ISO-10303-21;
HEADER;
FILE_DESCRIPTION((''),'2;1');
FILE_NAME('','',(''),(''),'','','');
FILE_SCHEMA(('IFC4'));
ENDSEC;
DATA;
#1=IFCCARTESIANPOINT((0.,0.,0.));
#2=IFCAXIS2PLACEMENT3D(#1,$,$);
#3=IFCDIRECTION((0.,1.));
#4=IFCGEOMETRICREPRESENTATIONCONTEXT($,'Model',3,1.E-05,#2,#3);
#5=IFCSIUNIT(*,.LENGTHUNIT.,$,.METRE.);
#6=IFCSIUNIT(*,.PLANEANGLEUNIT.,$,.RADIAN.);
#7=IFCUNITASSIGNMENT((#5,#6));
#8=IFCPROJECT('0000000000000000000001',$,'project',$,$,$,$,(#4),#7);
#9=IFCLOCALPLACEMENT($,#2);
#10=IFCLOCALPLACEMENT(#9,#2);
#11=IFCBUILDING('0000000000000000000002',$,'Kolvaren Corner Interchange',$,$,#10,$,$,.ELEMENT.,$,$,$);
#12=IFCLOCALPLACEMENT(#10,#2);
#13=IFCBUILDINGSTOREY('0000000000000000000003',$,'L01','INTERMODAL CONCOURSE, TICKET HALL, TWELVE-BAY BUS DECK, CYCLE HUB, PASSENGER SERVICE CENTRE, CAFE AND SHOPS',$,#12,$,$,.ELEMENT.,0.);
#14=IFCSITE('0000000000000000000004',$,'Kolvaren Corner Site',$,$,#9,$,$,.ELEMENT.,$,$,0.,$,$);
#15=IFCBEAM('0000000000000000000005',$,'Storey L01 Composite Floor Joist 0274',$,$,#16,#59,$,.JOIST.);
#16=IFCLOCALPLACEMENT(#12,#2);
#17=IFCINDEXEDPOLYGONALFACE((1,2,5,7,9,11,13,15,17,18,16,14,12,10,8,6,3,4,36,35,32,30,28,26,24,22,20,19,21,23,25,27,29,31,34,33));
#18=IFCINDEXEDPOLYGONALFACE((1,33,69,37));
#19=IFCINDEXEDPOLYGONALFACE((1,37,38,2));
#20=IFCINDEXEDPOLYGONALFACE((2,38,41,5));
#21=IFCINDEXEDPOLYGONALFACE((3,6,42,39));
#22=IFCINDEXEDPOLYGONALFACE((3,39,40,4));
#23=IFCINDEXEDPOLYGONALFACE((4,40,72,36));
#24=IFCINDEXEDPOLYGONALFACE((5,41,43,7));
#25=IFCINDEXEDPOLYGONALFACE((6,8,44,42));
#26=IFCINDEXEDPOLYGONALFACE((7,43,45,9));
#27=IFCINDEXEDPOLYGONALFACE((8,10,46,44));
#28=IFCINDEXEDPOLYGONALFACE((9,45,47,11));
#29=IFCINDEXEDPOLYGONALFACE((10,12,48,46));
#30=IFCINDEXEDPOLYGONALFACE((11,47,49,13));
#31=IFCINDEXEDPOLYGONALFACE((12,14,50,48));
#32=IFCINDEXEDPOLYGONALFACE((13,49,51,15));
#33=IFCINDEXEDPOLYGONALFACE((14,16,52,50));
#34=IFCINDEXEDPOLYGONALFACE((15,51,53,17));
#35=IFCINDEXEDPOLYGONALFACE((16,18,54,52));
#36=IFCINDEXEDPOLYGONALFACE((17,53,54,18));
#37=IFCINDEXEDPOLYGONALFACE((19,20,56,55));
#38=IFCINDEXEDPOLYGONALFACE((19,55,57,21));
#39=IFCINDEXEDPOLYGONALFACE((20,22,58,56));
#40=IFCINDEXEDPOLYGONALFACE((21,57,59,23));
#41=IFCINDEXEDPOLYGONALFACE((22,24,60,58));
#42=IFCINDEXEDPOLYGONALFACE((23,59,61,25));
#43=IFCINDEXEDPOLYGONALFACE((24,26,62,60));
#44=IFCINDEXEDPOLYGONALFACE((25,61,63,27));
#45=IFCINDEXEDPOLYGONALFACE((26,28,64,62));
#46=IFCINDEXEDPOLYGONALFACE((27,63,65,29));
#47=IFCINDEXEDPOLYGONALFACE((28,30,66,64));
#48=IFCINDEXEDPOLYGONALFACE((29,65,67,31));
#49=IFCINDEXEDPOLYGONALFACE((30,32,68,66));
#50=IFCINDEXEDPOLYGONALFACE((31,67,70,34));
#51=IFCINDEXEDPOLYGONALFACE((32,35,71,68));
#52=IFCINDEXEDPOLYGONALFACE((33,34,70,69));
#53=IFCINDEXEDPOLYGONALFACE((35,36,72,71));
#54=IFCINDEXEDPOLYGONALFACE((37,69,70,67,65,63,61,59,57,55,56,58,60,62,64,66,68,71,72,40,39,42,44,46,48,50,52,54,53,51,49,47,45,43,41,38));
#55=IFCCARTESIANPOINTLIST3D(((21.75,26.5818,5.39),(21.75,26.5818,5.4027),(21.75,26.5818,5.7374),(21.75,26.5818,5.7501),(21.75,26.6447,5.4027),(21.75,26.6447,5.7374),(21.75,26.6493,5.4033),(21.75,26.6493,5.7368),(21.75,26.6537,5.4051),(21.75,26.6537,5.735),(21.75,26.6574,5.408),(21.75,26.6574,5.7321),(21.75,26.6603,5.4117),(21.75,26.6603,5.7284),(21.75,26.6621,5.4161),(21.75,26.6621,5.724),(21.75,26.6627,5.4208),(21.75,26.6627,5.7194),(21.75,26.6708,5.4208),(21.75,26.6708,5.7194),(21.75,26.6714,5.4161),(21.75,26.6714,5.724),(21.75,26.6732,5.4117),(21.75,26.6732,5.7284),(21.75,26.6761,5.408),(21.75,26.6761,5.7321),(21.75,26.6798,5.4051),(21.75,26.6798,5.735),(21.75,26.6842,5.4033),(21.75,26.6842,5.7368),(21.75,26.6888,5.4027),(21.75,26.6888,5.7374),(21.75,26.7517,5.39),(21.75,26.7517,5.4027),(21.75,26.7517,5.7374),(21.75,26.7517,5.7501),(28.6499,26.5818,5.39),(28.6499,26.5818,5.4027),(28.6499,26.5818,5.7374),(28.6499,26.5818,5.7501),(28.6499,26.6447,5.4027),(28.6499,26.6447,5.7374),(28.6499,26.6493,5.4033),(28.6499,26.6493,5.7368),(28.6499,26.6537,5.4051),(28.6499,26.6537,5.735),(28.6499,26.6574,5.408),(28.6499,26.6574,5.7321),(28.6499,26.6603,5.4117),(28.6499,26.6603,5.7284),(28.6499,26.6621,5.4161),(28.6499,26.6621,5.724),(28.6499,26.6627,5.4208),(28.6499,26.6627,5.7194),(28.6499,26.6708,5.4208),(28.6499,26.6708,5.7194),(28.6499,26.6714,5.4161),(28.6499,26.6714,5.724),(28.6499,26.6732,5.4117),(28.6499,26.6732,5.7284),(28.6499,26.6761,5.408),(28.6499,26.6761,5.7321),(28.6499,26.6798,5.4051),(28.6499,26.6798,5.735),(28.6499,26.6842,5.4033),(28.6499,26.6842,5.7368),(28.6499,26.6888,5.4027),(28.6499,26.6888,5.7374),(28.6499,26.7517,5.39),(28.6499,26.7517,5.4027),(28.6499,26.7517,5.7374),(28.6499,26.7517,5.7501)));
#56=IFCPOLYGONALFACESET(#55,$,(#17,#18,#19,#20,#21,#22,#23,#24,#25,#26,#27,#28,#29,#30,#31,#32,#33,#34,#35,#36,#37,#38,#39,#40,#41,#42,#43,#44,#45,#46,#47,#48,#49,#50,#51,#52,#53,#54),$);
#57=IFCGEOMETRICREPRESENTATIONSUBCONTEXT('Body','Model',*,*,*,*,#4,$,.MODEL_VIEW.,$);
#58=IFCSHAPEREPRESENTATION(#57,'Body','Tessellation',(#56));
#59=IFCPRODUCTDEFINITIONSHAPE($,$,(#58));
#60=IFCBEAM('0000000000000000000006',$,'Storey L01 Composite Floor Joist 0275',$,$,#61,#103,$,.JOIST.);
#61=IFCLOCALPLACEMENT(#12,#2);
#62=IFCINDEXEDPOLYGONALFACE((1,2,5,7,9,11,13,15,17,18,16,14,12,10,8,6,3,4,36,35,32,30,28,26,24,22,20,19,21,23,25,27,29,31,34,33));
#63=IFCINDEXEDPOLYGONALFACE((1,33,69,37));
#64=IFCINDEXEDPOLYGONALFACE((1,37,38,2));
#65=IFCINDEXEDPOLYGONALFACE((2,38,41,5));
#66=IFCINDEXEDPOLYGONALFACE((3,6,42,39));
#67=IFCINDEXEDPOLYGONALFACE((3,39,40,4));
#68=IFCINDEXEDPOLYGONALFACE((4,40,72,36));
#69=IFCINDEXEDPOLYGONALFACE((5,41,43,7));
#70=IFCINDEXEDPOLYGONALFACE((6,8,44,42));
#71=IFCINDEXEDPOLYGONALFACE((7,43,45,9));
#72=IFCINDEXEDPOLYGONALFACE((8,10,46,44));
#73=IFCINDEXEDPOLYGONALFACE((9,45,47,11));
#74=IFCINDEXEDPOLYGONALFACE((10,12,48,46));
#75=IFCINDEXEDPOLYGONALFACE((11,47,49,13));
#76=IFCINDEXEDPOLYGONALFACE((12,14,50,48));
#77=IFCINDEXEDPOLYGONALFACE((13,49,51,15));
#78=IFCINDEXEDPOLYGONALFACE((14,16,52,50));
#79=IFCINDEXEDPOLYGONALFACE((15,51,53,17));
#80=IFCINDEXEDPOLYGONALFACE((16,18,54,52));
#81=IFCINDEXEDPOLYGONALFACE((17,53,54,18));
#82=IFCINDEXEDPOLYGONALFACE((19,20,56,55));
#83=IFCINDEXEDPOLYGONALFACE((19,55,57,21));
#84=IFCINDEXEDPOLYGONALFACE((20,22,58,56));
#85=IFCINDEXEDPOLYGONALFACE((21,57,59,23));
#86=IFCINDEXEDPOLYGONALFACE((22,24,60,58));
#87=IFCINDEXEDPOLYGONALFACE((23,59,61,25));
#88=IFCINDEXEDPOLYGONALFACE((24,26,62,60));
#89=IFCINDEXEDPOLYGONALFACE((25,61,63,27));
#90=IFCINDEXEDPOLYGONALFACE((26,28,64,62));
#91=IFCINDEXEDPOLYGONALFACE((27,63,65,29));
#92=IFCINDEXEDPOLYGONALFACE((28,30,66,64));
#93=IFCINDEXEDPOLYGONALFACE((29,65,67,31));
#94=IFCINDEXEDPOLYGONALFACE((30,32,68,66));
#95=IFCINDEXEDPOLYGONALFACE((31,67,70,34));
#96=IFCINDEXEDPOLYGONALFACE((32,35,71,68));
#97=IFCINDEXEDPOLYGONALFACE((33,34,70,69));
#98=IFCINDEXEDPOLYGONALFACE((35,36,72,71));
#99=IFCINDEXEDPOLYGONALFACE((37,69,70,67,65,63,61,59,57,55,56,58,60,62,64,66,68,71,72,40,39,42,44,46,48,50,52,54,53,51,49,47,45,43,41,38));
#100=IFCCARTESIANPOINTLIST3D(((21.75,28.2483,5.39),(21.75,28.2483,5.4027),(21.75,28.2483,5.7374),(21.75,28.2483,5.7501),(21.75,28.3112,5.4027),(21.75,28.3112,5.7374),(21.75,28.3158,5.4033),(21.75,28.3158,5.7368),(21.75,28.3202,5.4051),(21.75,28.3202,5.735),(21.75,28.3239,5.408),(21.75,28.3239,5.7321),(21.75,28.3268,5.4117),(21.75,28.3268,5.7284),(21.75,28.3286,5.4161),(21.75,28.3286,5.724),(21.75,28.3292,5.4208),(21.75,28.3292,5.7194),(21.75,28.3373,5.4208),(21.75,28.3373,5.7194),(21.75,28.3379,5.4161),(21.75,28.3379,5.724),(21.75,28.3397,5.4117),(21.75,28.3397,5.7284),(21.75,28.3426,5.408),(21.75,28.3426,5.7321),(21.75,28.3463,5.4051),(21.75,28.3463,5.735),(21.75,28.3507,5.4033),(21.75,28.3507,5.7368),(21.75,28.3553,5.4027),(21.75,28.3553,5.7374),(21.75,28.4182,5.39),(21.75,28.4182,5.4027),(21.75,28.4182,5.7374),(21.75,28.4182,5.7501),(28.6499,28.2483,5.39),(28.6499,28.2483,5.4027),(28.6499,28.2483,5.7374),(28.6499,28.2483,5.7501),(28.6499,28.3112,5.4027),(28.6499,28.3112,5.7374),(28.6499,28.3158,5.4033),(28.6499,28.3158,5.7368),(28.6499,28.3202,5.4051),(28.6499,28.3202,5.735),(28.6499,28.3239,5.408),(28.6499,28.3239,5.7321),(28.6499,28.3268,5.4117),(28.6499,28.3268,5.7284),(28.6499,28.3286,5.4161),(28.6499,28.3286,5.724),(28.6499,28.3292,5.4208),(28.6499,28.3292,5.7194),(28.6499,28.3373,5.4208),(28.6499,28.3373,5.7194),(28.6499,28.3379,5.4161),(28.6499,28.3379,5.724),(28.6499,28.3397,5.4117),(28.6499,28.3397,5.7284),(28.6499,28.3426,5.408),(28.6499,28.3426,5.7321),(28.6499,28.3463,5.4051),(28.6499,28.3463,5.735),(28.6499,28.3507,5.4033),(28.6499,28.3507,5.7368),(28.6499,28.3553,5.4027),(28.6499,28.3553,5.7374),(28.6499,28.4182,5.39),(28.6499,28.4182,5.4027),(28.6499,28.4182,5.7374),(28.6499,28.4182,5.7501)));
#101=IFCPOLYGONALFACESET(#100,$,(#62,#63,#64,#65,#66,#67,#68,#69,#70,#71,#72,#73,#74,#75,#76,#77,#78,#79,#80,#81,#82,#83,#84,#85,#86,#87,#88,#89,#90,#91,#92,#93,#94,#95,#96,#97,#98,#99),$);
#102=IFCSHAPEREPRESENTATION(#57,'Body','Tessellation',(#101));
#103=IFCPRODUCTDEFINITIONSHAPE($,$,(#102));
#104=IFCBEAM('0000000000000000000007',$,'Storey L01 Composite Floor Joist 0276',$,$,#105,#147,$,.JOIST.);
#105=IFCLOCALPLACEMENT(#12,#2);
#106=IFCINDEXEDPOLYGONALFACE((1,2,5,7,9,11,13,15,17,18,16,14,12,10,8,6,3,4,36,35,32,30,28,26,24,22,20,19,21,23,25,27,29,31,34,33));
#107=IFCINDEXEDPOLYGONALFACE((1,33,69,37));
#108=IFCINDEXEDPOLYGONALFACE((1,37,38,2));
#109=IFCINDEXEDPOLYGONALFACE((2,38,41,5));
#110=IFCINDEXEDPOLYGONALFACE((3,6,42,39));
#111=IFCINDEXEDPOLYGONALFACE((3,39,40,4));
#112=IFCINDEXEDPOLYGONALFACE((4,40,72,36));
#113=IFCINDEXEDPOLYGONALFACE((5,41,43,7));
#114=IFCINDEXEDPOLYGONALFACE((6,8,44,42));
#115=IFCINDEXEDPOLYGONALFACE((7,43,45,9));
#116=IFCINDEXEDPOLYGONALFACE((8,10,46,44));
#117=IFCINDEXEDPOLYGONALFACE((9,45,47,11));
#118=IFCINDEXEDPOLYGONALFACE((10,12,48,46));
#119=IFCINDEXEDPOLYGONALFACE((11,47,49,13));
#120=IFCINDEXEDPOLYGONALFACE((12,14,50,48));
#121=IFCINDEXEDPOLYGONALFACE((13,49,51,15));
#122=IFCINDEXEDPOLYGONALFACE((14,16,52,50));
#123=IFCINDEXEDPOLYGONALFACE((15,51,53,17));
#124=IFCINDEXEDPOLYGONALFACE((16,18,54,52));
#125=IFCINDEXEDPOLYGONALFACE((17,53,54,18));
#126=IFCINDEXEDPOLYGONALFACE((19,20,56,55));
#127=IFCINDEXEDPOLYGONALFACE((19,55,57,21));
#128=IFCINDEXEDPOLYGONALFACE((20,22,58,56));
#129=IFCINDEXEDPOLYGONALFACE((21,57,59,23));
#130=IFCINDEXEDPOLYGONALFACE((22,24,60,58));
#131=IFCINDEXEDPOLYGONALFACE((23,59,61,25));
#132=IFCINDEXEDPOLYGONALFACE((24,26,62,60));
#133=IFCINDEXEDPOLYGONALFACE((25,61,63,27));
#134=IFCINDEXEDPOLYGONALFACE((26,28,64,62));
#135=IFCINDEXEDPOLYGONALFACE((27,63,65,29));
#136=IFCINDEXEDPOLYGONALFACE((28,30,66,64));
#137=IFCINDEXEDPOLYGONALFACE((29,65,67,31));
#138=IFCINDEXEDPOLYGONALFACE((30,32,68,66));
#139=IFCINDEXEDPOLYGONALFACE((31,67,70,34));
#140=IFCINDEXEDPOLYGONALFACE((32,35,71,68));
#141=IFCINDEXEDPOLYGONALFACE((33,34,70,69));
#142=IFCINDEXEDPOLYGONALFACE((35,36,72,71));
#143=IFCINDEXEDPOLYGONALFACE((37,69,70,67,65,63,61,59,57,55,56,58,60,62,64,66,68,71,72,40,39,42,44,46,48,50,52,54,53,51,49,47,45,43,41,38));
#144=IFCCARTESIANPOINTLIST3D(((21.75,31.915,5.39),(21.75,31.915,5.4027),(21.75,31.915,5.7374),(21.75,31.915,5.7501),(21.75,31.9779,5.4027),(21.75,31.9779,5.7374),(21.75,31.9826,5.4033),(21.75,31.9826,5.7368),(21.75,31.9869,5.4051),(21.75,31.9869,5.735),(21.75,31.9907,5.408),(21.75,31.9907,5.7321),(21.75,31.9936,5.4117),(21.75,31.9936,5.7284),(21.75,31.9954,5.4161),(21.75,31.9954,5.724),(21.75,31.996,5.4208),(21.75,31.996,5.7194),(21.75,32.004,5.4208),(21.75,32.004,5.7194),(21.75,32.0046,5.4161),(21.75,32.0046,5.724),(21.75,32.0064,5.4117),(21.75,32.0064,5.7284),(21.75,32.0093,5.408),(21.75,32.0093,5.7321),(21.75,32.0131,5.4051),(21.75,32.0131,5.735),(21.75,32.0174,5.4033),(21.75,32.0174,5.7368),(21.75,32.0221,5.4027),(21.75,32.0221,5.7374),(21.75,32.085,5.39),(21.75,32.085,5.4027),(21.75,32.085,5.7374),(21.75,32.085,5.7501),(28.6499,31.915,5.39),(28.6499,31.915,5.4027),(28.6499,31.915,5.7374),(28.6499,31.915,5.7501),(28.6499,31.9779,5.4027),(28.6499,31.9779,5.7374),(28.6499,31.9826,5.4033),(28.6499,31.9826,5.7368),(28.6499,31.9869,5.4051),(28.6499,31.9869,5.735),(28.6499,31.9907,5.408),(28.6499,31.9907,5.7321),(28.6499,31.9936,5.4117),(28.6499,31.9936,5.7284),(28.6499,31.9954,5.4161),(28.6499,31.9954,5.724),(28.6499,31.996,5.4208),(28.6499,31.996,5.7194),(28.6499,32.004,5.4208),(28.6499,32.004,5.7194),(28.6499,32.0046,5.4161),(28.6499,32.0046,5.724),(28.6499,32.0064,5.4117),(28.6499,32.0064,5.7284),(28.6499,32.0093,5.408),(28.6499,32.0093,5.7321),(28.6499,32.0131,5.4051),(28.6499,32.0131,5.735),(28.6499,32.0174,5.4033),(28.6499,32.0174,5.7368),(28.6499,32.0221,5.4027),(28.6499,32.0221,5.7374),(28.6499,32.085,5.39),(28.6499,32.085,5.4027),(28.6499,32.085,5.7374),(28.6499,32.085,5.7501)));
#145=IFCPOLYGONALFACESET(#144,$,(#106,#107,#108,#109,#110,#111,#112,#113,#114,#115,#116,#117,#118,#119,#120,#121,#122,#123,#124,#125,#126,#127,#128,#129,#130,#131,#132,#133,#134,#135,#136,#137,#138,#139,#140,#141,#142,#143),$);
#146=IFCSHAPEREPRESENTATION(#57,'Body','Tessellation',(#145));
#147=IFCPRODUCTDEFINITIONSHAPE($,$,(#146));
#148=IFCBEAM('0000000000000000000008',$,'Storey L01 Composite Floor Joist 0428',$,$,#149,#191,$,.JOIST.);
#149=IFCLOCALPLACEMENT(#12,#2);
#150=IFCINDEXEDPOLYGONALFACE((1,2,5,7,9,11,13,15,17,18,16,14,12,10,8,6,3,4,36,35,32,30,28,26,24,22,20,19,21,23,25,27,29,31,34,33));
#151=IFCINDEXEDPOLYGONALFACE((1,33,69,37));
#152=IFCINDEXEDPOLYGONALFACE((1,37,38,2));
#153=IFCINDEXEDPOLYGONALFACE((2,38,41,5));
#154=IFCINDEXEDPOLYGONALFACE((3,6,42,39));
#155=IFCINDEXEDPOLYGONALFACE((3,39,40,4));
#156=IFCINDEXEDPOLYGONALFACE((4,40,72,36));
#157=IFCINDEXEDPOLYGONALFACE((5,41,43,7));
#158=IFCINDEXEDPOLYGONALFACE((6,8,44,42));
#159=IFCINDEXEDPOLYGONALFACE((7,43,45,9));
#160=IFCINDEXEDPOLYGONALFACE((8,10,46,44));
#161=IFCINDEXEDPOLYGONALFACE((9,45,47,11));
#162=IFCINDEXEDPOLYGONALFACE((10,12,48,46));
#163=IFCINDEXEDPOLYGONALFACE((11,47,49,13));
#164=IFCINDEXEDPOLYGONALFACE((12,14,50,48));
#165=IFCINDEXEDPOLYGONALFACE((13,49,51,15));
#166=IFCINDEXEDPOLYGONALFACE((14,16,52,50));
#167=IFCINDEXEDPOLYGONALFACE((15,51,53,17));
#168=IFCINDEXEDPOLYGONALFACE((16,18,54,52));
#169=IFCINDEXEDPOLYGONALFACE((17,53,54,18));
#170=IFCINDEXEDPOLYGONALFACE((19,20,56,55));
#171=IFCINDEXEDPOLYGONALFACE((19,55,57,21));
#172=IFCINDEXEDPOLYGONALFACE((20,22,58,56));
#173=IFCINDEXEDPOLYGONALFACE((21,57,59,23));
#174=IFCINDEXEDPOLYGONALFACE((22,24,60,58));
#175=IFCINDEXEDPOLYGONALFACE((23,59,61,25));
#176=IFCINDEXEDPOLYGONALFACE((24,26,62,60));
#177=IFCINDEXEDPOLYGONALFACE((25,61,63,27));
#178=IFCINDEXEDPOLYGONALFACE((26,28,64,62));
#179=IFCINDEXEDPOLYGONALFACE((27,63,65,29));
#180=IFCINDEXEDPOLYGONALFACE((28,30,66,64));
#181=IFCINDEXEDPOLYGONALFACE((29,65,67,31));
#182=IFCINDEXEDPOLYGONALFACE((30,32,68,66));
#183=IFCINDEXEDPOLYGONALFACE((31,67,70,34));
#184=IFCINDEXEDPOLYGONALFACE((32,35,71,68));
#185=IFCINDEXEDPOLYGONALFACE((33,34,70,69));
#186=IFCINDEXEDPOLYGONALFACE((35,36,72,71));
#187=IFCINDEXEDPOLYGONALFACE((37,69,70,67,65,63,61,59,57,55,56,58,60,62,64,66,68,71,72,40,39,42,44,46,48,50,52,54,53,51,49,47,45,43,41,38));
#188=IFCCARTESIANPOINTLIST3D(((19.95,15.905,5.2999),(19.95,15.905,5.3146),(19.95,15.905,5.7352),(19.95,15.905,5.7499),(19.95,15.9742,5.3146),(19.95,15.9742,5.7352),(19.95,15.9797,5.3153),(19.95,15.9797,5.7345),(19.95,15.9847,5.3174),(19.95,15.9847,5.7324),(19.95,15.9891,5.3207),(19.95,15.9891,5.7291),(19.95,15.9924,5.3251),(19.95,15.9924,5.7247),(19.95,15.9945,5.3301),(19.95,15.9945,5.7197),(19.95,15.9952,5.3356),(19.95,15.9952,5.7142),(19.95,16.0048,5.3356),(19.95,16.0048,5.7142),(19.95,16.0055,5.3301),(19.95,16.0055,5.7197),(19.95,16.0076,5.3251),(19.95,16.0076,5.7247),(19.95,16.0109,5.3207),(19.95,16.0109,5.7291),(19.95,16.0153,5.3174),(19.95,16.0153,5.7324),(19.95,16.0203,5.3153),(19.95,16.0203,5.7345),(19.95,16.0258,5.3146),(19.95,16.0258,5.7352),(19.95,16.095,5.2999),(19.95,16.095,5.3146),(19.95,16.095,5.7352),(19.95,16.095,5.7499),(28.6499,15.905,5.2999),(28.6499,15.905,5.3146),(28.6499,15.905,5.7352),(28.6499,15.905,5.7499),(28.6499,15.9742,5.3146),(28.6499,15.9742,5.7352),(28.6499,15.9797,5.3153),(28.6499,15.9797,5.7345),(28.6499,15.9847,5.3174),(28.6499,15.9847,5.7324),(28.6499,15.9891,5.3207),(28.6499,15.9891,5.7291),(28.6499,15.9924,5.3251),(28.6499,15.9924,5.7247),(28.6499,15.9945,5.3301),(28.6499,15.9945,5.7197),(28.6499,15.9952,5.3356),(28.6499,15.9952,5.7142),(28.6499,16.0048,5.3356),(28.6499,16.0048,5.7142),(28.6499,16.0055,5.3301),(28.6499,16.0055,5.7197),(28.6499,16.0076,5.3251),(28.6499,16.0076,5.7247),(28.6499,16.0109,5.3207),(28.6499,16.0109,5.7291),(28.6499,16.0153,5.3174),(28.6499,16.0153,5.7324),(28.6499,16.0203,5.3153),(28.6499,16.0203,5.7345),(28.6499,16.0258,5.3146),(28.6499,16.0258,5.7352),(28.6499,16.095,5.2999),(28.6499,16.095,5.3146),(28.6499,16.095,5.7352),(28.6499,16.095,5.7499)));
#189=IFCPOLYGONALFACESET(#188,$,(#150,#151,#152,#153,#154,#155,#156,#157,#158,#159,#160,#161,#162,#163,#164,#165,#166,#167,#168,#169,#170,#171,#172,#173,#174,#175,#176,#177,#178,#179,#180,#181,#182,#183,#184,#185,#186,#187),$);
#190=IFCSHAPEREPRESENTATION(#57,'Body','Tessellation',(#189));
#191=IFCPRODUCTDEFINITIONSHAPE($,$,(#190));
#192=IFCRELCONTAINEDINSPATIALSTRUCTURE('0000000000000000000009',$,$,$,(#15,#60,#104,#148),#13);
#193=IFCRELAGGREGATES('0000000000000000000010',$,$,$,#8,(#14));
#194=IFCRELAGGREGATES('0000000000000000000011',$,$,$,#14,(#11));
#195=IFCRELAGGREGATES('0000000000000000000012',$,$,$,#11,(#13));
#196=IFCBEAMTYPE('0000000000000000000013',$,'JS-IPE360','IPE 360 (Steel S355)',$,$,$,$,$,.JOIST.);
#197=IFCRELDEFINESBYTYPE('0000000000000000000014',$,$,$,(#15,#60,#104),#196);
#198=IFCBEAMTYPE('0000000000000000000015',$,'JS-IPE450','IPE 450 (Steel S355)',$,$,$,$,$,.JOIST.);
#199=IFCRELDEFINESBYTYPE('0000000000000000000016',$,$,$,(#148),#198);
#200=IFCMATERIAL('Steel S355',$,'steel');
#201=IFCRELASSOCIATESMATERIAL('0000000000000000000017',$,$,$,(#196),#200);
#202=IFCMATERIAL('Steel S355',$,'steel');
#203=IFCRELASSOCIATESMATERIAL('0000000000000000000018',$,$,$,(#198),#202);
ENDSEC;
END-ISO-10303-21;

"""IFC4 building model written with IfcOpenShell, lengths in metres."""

from ifc_helpers import new_model, si_unit, direction, frame, origin, origin_2d, place, context, subcontext, project, spatial, i_section, extrude, material, material_profile, profile_set, type_object, element, save


model = new_model("IFC4")

# Units and contexts
model_context = context("Model", 3, precision=1e-05, world=origin(), true_north=direction((0.0, 1.0)))
body_context = subcontext(model_context, "Body", "Model", "MODEL_VIEW")
ifc_project = project(units=[si_unit("LENGTHUNIT", "METRE"), si_unit("PLANEANGLEUNIT", "RADIAN")], contexts=[model_context])

# Site, building, storey
site_placement = place(None, origin())
site = spatial("IfcSite", under=ifc_project, at=site_placement, Name="Kolvaren Corner Site", CompositionType="ELEMENT", RefElevation=0.0)
building_placement = place(site_placement, origin())
building = spatial("IfcBuilding", under=site, at=building_placement, Name="Kolvaren Corner Interchange", CompositionType="ELEMENT")
storey_placement = place(building_placement, origin())
storey = spatial("IfcBuildingStorey", under=building, at=storey_placement, Name="L01", Description="INTERMODAL CONCOURSE, TICKET HALL, TWELVE-BAY BUS DECK, CYCLE HUB, PASSENGER SERVICE CENTRE, CAFE AND SHOPS", CompositionType="ELEMENT", Elevation=0.0)

# Beams
ifc_material_1 = material(Name="Steel S355", Category="steel")
ifc_material_profile_1 = material_profile(ifc_material_1, i_section(OverallWidth=0.1699, OverallDepth=0.3601, WebThickness=0.0081, FlangeThickness=0.0127, FilletRadius=0.0181, at=origin_2d()), Name="IPE 360")
ifc_profile_set_1 = profile_set([ifc_material_profile_1], Name="Steel S355")
beam_type_1 = type_object("IfcBeamType", Name="JS-IPE360", Description="IPE 360 (Steel S355)", PredefinedType="JOIST", material=ifc_profile_set_1)
for number, where, z_axis, x_axis, name in (
    (1, (21.75, 26.6667, 5.5701), (1.0, 0.0, 0.0), (0.0, 1.0, 0.0), "Storey L01 Composite Floor Joist 0274"),
    (2, (21.75, 28.3333, 5.5701), (1.0, 0.0, 0.0), (0.0, 1.0, 0.0), "Storey L01 Composite Floor Joist 0275"),
    (3, (21.75, 32.0, 5.5701), (1.0, 0.0, 0.0), (0.0, 1.0, 0.0), "Storey L01 Composite Floor Joist 0276"),
):
    element("IfcBeam", number, at=place(storey_placement, frame(where, z_axis=z_axis, x_axis=x_axis)), inside=storey, type_object=beam_type_1, Name=name, PredefinedType="JOIST", context=body_context, shape_type="SweptSolid", body=[
        extrude(i_section(OverallWidth=0.1699, OverallDepth=0.3601, WebThickness=0.0081, FlangeThickness=0.0127, FilletRadius=0.0181, at=origin_2d()), origin(), (0.0, 0.0, 1.0), 6.8999),
    ])
ifc_material_2 = material(Name="Steel S355", Category="steel")
ifc_material_profile_2 = material_profile(ifc_material_2, i_section(OverallWidth=0.1899, OverallDepth=0.45, WebThickness=0.0095, FlangeThickness=0.0146, FilletRadius=0.021, at=origin_2d()), Name="IPE 450")
ifc_profile_set_2 = profile_set([ifc_material_profile_2], Name="Steel S355")
beam_type_2 = type_object("IfcBeamType", Name="JS-IPE450", Description="IPE 450 (Steel S355)", PredefinedType="JOIST", material=ifc_profile_set_2)
for number, where, z_axis, x_axis, name in (
    (4, (19.95, 16.0, 5.5249), (1.0, 0.0, 0.0), (0.0, 1.0, 0.0), "Storey L01 Composite Floor Joist 0428"),
):
    element("IfcBeam", number, at=place(storey_placement, frame(where, z_axis=z_axis, x_axis=x_axis)), inside=storey, type_object=beam_type_2, Name=name, PredefinedType="JOIST", context=body_context, shape_type="SweptSolid", body=[
        extrude(i_section(OverallWidth=0.1899, OverallDepth=0.45, WebThickness=0.0095, FlangeThickness=0.0146, FilletRadius=0.021, at=origin_2d()), origin(), (0.0, 0.0, 1.0), 8.7),
    ])

save(model, "model.ifc")
